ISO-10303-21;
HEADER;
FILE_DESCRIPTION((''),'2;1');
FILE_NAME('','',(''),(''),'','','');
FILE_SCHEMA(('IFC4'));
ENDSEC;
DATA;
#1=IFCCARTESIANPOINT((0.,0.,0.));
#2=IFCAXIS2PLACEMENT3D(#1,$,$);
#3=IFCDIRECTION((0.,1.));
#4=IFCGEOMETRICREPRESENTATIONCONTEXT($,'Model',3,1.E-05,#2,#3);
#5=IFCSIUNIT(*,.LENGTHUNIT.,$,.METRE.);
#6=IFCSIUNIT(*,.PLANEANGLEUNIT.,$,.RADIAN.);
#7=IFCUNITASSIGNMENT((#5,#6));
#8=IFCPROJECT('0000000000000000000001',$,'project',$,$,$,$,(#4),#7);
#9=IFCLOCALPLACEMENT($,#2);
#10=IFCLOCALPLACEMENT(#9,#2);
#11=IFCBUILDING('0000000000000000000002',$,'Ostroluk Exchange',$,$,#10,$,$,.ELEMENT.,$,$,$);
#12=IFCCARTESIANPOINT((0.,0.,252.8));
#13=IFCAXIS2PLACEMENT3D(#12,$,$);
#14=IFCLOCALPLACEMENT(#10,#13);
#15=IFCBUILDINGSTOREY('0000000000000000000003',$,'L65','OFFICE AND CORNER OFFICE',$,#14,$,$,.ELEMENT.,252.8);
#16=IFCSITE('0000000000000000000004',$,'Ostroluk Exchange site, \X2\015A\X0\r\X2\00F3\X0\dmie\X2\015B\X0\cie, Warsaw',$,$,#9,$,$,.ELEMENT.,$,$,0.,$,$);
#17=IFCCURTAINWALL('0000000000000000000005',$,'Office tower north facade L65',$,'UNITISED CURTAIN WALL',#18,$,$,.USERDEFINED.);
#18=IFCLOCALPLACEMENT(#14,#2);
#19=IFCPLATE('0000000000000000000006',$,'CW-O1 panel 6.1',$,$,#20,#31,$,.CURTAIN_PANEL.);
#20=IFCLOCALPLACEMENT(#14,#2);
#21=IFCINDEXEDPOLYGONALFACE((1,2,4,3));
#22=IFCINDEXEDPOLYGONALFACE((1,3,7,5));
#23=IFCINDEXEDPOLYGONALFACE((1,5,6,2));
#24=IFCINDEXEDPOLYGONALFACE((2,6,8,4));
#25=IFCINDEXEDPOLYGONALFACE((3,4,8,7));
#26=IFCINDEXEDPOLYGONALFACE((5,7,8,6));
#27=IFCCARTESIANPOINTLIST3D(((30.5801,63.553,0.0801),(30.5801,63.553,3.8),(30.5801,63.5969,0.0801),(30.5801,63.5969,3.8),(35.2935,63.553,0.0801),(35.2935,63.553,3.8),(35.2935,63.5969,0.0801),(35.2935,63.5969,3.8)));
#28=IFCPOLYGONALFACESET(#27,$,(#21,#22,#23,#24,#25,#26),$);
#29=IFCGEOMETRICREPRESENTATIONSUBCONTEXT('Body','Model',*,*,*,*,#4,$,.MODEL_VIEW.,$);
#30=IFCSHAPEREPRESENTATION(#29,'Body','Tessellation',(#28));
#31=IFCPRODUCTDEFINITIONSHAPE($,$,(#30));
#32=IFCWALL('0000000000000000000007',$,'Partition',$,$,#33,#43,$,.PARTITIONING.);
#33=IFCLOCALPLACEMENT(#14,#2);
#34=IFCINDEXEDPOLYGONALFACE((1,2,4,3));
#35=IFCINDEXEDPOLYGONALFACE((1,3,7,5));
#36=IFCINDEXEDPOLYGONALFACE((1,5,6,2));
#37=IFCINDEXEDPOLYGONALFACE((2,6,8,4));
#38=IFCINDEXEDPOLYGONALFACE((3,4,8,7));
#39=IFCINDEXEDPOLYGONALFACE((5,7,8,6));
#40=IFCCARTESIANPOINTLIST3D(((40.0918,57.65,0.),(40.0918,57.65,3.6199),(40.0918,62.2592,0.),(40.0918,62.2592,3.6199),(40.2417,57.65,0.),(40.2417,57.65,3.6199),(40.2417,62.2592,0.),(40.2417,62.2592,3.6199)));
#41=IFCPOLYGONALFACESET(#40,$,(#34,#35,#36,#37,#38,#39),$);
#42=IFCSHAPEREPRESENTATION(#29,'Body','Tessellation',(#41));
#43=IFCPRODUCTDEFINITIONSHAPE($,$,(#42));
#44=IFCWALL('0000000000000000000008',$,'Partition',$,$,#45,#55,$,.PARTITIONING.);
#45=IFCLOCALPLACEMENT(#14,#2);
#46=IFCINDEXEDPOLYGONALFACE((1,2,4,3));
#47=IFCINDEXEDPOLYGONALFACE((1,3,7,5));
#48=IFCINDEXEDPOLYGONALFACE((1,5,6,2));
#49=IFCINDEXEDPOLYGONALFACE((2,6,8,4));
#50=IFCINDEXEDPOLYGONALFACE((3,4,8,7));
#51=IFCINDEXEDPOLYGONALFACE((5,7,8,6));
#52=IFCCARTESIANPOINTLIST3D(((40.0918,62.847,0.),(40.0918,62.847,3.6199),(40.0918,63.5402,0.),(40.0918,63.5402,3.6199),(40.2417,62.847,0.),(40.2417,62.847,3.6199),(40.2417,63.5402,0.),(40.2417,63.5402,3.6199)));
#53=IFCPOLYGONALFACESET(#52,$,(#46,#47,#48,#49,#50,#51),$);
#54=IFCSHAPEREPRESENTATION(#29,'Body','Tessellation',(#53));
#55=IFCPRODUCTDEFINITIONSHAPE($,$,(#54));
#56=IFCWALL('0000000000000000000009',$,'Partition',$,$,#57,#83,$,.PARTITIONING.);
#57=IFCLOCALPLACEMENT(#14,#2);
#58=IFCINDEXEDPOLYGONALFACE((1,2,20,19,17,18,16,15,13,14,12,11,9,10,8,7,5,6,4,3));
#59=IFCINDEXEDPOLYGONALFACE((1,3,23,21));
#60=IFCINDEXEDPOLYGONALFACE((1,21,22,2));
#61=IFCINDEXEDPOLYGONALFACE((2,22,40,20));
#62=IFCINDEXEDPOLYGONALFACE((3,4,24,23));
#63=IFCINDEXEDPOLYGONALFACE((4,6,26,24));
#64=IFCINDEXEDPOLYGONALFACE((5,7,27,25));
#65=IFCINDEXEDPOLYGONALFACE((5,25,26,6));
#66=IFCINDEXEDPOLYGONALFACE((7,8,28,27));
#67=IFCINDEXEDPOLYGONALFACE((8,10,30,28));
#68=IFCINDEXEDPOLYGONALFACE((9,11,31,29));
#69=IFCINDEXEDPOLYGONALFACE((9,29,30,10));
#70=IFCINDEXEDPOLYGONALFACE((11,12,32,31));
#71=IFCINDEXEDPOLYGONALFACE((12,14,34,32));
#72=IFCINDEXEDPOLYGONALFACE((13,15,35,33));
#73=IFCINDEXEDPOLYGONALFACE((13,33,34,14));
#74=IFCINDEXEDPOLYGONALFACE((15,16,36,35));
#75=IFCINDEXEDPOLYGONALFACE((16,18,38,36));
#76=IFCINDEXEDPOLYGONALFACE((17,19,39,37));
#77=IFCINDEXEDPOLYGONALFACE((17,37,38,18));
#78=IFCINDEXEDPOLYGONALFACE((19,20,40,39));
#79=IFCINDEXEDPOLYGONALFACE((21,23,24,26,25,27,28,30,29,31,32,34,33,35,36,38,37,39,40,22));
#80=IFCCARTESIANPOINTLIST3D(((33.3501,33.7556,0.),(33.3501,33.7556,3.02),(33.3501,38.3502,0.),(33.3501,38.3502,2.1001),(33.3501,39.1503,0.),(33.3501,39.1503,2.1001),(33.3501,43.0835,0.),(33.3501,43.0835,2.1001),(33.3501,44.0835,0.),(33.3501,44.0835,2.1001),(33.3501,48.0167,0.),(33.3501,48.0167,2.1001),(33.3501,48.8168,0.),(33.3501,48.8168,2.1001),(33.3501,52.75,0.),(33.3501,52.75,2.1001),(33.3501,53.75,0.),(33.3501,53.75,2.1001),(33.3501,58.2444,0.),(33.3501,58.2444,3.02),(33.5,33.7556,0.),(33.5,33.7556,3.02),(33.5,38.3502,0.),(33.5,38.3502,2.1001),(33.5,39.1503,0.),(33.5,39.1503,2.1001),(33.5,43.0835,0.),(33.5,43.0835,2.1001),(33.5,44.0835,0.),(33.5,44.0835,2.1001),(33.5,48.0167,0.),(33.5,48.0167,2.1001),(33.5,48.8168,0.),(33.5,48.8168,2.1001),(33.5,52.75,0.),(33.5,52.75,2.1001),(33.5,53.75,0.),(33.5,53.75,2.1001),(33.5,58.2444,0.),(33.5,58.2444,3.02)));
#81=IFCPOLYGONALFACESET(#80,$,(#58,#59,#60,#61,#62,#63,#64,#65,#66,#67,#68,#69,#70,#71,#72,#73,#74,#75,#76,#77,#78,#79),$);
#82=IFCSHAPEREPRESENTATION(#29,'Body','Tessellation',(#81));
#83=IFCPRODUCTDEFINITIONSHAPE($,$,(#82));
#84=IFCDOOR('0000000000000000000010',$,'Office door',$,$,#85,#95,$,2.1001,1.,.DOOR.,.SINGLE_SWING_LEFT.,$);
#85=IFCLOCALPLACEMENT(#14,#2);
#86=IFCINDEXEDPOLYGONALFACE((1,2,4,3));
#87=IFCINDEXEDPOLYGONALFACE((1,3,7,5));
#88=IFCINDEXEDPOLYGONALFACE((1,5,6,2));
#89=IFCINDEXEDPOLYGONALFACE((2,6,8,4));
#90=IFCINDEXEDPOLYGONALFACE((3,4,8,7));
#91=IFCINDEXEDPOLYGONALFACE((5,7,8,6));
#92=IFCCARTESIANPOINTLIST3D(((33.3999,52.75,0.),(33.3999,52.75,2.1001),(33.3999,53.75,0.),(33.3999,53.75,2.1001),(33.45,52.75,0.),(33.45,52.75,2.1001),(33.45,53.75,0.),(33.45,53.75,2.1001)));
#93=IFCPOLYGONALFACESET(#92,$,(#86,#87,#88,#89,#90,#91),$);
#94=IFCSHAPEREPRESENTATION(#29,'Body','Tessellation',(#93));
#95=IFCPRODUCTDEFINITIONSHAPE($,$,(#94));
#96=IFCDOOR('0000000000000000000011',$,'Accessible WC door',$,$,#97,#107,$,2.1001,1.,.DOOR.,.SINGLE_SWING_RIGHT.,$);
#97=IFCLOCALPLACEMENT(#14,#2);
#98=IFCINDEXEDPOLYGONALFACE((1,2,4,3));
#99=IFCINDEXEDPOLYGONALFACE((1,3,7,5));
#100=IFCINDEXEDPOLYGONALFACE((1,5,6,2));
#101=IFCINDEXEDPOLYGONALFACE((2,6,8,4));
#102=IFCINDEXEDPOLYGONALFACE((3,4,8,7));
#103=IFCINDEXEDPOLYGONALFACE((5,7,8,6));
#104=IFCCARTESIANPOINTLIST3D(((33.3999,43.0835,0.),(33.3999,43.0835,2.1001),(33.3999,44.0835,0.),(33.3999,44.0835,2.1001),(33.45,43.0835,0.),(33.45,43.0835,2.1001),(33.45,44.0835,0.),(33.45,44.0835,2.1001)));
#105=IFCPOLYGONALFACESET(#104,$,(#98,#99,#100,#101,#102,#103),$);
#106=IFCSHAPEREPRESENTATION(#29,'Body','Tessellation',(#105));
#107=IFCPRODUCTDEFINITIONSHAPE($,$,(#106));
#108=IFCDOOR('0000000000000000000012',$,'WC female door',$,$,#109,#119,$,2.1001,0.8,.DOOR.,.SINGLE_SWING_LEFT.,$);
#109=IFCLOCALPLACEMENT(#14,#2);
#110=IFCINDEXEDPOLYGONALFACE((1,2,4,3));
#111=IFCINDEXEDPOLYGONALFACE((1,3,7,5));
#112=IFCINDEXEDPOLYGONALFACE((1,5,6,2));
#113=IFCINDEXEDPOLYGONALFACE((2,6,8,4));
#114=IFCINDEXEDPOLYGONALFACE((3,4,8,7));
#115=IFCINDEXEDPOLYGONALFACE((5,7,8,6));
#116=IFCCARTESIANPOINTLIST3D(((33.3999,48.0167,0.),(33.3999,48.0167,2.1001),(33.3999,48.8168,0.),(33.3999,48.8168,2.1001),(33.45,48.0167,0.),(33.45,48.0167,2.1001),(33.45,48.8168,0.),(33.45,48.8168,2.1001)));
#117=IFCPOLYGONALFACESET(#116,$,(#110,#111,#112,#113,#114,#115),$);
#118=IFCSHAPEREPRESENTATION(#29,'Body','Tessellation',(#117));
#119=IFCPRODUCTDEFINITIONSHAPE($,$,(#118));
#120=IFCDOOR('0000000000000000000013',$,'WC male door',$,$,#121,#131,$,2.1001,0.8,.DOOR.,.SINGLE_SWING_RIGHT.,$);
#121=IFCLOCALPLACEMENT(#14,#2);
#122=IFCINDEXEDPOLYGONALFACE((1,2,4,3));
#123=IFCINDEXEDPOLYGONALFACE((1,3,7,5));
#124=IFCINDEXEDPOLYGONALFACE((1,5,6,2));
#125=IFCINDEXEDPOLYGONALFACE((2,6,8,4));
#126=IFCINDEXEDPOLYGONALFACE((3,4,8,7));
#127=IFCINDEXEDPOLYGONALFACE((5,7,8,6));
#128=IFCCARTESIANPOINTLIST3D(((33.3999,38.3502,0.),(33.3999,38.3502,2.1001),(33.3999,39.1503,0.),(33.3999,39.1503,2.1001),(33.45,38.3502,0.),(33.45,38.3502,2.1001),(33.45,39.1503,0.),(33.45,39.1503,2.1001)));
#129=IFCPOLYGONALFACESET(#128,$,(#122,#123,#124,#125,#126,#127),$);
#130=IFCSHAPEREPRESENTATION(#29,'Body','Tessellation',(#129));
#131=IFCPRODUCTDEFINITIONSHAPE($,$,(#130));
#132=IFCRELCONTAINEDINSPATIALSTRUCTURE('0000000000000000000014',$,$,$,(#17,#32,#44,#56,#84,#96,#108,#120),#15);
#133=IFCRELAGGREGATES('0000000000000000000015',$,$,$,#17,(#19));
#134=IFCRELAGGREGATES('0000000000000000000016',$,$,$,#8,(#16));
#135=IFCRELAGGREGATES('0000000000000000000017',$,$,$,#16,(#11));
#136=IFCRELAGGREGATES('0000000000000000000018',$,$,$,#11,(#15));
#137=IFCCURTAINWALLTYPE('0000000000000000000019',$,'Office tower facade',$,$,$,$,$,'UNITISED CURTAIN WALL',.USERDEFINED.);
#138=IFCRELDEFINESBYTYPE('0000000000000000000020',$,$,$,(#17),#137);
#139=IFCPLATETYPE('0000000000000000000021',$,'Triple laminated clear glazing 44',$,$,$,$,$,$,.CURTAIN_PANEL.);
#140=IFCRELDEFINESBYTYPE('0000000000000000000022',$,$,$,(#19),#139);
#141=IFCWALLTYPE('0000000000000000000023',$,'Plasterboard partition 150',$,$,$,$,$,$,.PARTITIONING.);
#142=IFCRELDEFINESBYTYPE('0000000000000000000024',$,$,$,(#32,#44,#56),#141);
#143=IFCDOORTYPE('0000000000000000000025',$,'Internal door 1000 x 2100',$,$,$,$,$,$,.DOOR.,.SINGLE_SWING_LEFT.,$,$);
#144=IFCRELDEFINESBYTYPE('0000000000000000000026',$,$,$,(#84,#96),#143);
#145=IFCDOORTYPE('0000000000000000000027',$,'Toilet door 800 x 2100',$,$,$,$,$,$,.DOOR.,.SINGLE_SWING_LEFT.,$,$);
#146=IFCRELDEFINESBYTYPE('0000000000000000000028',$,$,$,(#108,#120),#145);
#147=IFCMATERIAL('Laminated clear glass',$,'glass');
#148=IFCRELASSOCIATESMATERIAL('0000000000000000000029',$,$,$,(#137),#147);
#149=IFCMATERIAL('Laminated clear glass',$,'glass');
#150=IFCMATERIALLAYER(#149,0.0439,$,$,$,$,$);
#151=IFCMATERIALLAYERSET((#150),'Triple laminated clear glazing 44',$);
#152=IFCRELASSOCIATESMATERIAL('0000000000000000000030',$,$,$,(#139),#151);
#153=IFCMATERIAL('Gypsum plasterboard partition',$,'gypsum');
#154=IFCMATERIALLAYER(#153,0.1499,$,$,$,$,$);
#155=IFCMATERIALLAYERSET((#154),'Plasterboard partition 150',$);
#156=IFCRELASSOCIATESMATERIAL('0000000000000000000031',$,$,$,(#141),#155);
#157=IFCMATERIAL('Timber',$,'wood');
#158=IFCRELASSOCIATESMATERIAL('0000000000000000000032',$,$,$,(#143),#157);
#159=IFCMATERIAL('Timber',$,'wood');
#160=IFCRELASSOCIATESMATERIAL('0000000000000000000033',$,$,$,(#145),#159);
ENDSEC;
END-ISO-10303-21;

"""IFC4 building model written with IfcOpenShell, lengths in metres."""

from ifc_helpers import new_model, si_unit, direction, frame, frame_2d, origin, origin_2d, place, context, subcontext, project, spatial, rectangle, extrude, material, layer, layer_set, type_object, element, fill, aggregate, save


model = new_model("IFC4")

# Units and contexts
model_context = context("Model", 3, precision=1e-05, world=origin(), true_north=direction((0.0, 1.0)))
body_context = subcontext(model_context, "Body", "Model", "MODEL_VIEW")
ifc_project = project(units=[si_unit("LENGTHUNIT", "METRE"), si_unit("PLANEANGLEUNIT", "RADIAN")], contexts=[model_context])

# Site, building, storey
site_placement = place(None, origin())
site = spatial("IfcSite", under=ifc_project, at=site_placement, Name="Ostroluk Exchange site, Śródmieście, Warsaw", CompositionType="ELEMENT", RefElevation=0.0)
building_placement = place(site_placement, origin())
building = spatial("IfcBuilding", under=site, at=building_placement, Name="Ostroluk Exchange", CompositionType="ELEMENT")
storey_placement = place(building_placement, frame((0.0, 0.0, 252.8)))
storey = spatial("IfcBuildingStorey", under=building, at=storey_placement, Name="L65", Description="OFFICE AND CORNER OFFICE", CompositionType="ELEMENT", Elevation=252.8)

# Curtain wall, plate
ifc_material_1 = material(Name="Laminated clear glass", Category="glass")
curtain_wall_type = type_object("IfcCurtainWallType", Name="Office tower facade", ElementType="UNITISED CURTAIN WALL", PredefinedType="USERDEFINED", material=ifc_material_1)
curtain_wall_placement = place(storey_placement, origin())
curtain_wall = element("IfcCurtainWall", 1, at=curtain_wall_placement, inside=storey, type_object=curtain_wall_type, Name="Office tower north facade L65", ObjectType="UNITISED CURTAIN WALL", PredefinedType="USERDEFINED")
ifc_material_2 = material(Name="Laminated clear glass", Category="glass")
ifc_layer_1 = layer(ifc_material_2, 0.0439)
ifc_layer_set_1 = layer_set([ifc_layer_1], Name="Triple laminated clear glazing 44")
plate_type = type_object("IfcPlateType", Name="Triple laminated clear glazing 44", PredefinedType="CURTAIN_PANEL", material=ifc_layer_set_1)
plate_1_placement = place(storey_placement, frame((32.9368, 63.575, 0.0801), z_axis=(0.0, 0.0, 1.0), x_axis=(-1.0, 0.0, 0.0)))
plate_1 = element("IfcPlate", 2, at=plate_1_placement, type_object=plate_type, Name="CW-O1 panel 6.1", PredefinedType="CURTAIN_PANEL", context=body_context, shape_type="SweptSolid", body=[
    extrude(rectangle(XDim=4.7134, YDim=0.0439, at=origin_2d()), origin(), (0.0, 0.0, 1.0), 3.72),
])
aggregate(curtain_wall, [plate_1])

# Walls
ifc_material_3 = material(Name="Gypsum plasterboard partition", Category="gypsum")
ifc_layer_2 = layer(ifc_material_3, 0.1499)
ifc_layer_set_2 = layer_set([ifc_layer_2], Name="Plasterboard partition 150")
wall_type = type_object("IfcWallType", Name="Plasterboard partition 150", PredefinedType="PARTITIONING", material=ifc_layer_set_2)
wall_1_placement = place(storey_placement, frame((40.1667, 57.6499, 0.0), z_axis=(0.0, 0.0, 1.0), x_axis=(0.0, 1.0, 0.0)))
element("IfcWall", 3, at=wall_1_placement, inside=storey, type_object=wall_type, Name="Partition", PredefinedType="PARTITIONING", context=body_context, shape_type="SweptSolid", body=[
    extrude(rectangle(XDim=4.6091, YDim=0.1499, at=frame_2d((2.3047, 0.0))), origin(), (0.0, 0.0, 1.0), 3.6199),
])
wall_2_placement = place(storey_placement, frame((40.1667, 62.8469, 0.0), z_axis=(0.0, 0.0, 1.0), x_axis=(0.0, 1.0, 0.0)))
element("IfcWall", 4, at=wall_2_placement, inside=storey, type_object=wall_type, Name="Partition", PredefinedType="PARTITIONING", context=body_context, shape_type="SweptSolid", body=[
    extrude(rectangle(XDim=0.6931, YDim=0.1499, at=frame_2d((0.3467, 0.0))), origin(), (0.0, 0.0, 1.0), 3.6199),
])

# Wall, openings, doors
wall_3_placement = place(storey_placement, frame((33.425, 58.2444, 0.0), z_axis=(0.0, 0.0, 1.0), x_axis=(0.0, -1.0, 0.0)))
wall_3 = element("IfcWall", 5, at=wall_3_placement, inside=storey, type_object=wall_type, Name="Partition", PredefinedType="PARTITIONING", context=body_context, shape_type="SweptSolid", body=[
    extrude(rectangle(XDim=24.4888, YDim=0.1499, at=frame_2d((12.2444, 0.0))), origin(), (0.0, 0.0, 1.0), 3.02),
])
opening_1_placement = place(wall_3_placement, frame((4.4944, 0.0, 0.0)))
opening_1 = element("IfcOpeningElement", 6, at=opening_1_placement, cuts=wall_3, PredefinedType="OPENING", context=body_context, shape_type="SweptSolid", body=[
    extrude(rectangle(XDim=1.0, YDim=2.1001, at=frame_2d((0.5, 1.05))), frame((0.0, 0.085, 0.0), z_axis=(0.0, -1.0, 0.0), x_axis=(1.0, 0.0, 0.0)), (0.0, 0.0, 1.0), 0.1699),
])
opening_2_placement = place(wall_3_placement, frame((9.4277, 0.0, 0.0)))
opening_2 = element("IfcOpeningElement", 7, at=opening_2_placement, cuts=wall_3, PredefinedType="OPENING", context=body_context, shape_type="SweptSolid", body=[
    extrude(rectangle(XDim=0.8, YDim=2.1001, at=frame_2d((0.3999, 1.05))), frame((0.0, 0.085, 0.0), z_axis=(0.0, -1.0, 0.0), x_axis=(1.0, 0.0, 0.0)), (0.0, 0.0, 1.0), 0.1699),
])
opening_3_placement = place(wall_3_placement, frame((14.1609, 0.0, 0.0)))
opening_3 = element("IfcOpeningElement", 8, at=opening_3_placement, cuts=wall_3, PredefinedType="OPENING", context=body_context, shape_type="SweptSolid", body=[
    extrude(rectangle(XDim=1.0, YDim=2.1001, at=frame_2d((0.5, 1.05))), frame((0.0, 0.085, 0.0), z_axis=(0.0, -1.0, 0.0), x_axis=(1.0, 0.0, 0.0)), (0.0, 0.0, 1.0), 0.1699),
])
opening_4_placement = place(wall_3_placement, frame((19.0942, 0.0, 0.0)))
opening_4 = element("IfcOpeningElement", 9, at=opening_4_placement, cuts=wall_3, PredefinedType="OPENING", context=body_context, shape_type="SweptSolid", body=[
    extrude(rectangle(XDim=0.8, YDim=2.1001, at=frame_2d((0.3999, 1.05))), frame((0.0, 0.085, 0.0), z_axis=(0.0, -1.0, 0.0), x_axis=(1.0, 0.0, 0.0)), (0.0, 0.0, 1.0), 0.1699),
])
ifc_material_4 = material(Name="Timber", Category="wood")
door_type_1 = type_object("IfcDoorType", Name="Internal door 1000 x 2100", OperationType="SINGLE_SWING_LEFT", PredefinedType="DOOR", material=ifc_material_4)
door_1_placement = place(opening_1_placement, origin())
door_1 = element("IfcDoor", 10, at=door_1_placement, inside=storey, type_object=door_type_1, Name="Office door", OperationType="SINGLE_SWING_LEFT", OverallHeight=2.1001, OverallWidth=1.0, PredefinedType="DOOR", context=body_context, shape_type="SweptSolid", body=[
    extrude(rectangle(XDim=1.0, YDim=2.1001, at=frame_2d((0.5, 1.05))), frame((0.0, 0.0249, 0.0), z_axis=(0.0, -1.0, 0.0), x_axis=(1.0, 0.0, 0.0)), (0.0, 0.0, 1.0), 0.05),
])
fill(opening_1, door_1)
door_2_placement = place(opening_3_placement, origin())
door_2 = element("IfcDoor", 11, at=door_2_placement, inside=storey, type_object=door_type_1, Name="Accessible WC door", OperationType="SINGLE_SWING_RIGHT", OverallHeight=2.1001, OverallWidth=1.0, PredefinedType="DOOR", context=body_context, shape_type="SweptSolid", body=[
    extrude(rectangle(XDim=1.0, YDim=2.1001, at=frame_2d((0.5, 1.05))), frame((0.0, 0.0249, 0.0), z_axis=(0.0, -1.0, 0.0), x_axis=(1.0, 0.0, 0.0)), (0.0, 0.0, 1.0), 0.05),
])
fill(opening_3, door_2)
ifc_material_5 = material(Name="Timber", Category="wood")
door_type_2 = type_object("IfcDoorType", Name="Toilet door 800 x 2100", OperationType="SINGLE_SWING_LEFT", PredefinedType="DOOR", material=ifc_material_5)
door_3_placement = place(opening_2_placement, origin())
door_3 = element("IfcDoor", 12, at=door_3_placement, inside=storey, type_object=door_type_2, Name="WC female door", OperationType="SINGLE_SWING_LEFT", OverallHeight=2.1001, OverallWidth=0.8, PredefinedType="DOOR", context=body_context, shape_type="SweptSolid", body=[
    extrude(rectangle(XDim=0.8, YDim=2.1001, at=frame_2d((0.3999, 1.05))), frame((0.0, 0.0249, 0.0), z_axis=(0.0, -1.0, 0.0), x_axis=(1.0, 0.0, 0.0)), (0.0, 0.0, 1.0), 0.05),
])
fill(opening_2, door_3)
door_4_placement = place(opening_4_placement, origin())
door_4 = element("IfcDoor", 13, at=door_4_placement, inside=storey, type_object=door_type_2, Name="WC male door", OperationType="SINGLE_SWING_RIGHT", OverallHeight=2.1001, OverallWidth=0.8, PredefinedType="DOOR", context=body_context, shape_type="SweptSolid", body=[
    extrude(rectangle(XDim=0.8, YDim=2.1001, at=frame_2d((0.3999, 1.05))), frame((0.0, 0.0249, 0.0), z_axis=(0.0, -1.0, 0.0), x_axis=(1.0, 0.0, 0.0)), (0.0, 0.0, 1.0), 0.05),
])
fill(opening_4, door_4)

save(model, "model.ifc")
